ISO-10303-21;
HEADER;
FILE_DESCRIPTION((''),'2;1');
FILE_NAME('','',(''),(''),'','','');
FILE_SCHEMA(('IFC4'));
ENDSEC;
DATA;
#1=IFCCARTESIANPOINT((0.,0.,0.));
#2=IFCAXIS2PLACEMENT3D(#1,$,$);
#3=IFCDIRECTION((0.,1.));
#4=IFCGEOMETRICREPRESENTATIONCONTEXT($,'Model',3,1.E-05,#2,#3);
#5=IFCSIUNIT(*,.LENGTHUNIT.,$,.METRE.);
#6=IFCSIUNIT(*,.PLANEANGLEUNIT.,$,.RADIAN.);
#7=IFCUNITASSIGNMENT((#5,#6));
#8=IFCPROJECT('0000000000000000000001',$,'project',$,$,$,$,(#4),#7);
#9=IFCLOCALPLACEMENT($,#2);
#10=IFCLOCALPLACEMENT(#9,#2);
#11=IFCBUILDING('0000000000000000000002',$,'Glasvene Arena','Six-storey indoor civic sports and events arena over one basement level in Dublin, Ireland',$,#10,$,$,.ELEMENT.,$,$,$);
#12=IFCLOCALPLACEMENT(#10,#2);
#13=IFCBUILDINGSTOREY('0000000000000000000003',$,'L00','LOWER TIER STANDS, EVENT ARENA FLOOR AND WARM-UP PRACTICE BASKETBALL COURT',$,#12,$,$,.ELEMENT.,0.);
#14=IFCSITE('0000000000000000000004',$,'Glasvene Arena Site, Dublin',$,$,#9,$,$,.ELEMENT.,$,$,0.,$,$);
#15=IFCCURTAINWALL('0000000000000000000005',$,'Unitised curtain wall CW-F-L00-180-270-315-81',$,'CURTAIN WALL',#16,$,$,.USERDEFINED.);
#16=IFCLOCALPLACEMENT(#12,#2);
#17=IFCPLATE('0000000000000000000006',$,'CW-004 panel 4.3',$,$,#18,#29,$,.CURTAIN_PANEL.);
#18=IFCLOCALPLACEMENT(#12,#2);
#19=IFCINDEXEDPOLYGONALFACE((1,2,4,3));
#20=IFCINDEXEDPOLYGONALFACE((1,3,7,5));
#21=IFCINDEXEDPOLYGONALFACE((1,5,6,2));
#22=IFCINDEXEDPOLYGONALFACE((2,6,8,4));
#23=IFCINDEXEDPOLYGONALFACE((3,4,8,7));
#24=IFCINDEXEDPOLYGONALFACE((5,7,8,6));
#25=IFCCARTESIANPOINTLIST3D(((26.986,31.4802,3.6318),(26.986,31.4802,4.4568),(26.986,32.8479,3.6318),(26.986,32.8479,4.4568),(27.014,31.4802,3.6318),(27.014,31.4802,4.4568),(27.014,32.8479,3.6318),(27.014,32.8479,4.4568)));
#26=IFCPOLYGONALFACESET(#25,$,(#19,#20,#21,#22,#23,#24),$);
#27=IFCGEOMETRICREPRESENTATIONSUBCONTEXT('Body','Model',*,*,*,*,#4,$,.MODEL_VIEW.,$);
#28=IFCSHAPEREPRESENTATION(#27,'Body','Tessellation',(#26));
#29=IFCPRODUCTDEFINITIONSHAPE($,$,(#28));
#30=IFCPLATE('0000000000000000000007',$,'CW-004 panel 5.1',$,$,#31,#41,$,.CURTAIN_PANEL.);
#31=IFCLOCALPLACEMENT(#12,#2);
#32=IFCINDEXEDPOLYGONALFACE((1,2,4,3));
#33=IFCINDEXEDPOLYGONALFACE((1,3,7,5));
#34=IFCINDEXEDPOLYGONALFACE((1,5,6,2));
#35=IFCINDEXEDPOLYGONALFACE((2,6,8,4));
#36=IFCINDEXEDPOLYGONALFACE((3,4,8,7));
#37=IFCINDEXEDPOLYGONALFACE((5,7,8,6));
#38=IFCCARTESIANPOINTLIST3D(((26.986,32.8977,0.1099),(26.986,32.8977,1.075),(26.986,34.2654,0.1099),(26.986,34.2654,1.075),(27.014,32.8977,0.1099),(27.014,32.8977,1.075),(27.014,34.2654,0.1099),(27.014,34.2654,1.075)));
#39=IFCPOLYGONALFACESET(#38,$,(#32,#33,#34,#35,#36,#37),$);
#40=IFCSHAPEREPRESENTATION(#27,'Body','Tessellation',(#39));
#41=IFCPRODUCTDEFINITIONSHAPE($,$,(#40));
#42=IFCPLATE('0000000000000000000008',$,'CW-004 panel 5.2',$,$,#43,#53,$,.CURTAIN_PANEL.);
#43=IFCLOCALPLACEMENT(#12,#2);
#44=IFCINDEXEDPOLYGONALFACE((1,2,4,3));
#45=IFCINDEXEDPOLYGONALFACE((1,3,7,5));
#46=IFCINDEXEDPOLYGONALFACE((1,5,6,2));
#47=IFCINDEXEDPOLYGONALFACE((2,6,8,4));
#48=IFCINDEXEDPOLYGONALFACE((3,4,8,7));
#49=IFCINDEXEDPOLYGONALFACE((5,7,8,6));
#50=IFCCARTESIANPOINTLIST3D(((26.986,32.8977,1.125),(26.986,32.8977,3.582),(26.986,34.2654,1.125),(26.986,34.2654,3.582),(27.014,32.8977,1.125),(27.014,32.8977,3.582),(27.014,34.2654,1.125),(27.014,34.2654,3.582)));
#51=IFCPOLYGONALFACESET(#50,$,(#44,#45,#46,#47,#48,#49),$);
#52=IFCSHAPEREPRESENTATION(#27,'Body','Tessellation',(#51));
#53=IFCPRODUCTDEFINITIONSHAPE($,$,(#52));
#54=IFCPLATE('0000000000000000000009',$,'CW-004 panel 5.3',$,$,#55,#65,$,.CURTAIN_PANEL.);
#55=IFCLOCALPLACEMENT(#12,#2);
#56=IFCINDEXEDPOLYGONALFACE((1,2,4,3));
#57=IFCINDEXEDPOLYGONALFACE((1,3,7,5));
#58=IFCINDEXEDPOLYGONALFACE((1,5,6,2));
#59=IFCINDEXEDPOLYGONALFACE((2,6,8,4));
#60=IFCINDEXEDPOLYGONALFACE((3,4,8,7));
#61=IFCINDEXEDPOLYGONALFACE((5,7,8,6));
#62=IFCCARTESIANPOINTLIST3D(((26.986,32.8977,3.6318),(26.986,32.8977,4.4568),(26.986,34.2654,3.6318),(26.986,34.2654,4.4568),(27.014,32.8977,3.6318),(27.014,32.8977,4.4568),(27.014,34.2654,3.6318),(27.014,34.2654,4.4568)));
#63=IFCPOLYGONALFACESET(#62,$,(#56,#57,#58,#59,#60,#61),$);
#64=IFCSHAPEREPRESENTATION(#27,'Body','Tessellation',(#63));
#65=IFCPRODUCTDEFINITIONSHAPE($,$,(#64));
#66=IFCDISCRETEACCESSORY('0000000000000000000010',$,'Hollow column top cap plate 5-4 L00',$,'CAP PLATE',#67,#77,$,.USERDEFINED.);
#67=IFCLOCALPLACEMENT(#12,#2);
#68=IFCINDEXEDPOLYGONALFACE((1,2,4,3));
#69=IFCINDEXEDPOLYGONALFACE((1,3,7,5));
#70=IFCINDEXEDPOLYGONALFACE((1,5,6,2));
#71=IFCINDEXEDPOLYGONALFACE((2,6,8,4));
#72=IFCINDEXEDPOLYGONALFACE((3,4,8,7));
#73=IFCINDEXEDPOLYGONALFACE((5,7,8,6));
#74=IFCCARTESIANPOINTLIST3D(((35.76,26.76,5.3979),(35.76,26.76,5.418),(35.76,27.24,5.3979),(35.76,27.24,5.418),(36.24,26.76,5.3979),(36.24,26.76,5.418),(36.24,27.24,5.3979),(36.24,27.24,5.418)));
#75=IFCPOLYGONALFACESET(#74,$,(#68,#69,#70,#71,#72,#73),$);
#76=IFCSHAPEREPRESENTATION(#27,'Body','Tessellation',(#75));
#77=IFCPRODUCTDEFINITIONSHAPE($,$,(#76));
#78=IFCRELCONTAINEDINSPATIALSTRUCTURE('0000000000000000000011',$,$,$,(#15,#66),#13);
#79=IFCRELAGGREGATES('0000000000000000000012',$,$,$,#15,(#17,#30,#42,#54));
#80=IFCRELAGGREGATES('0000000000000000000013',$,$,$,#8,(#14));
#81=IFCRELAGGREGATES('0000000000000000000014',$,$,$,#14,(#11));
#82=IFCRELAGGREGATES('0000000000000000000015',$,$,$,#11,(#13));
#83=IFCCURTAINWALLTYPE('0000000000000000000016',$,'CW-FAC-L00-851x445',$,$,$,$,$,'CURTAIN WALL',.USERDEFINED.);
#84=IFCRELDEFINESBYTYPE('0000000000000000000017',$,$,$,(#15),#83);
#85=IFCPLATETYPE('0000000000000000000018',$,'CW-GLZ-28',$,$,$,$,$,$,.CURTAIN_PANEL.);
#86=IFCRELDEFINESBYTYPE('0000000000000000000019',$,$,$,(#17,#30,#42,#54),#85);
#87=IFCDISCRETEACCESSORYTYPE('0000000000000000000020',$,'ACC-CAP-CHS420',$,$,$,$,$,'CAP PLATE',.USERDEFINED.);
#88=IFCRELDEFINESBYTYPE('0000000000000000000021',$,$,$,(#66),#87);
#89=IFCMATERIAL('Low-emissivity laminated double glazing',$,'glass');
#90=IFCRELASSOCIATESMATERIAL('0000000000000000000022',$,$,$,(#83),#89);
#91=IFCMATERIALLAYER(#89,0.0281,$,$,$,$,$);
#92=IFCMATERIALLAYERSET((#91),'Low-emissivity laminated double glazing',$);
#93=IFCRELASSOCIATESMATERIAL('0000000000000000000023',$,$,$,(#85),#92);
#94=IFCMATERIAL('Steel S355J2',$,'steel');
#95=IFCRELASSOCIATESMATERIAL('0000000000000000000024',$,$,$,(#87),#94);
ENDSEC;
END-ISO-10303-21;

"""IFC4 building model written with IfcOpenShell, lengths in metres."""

from ifc_helpers import new_model, si_unit, direction, frame, origin, origin_2d, place, context, subcontext, project, spatial, rectangle, extrude, material, layer, layer_set, type_object, element, aggregate, save


model = new_model("IFC4")

# Units and contexts
model_context = context("Model", 3, precision=1e-05, world=origin(), true_north=direction((0.0, 1.0)))
body_context = subcontext(model_context, "Body", "Model", "MODEL_VIEW")
ifc_project = project(units=[si_unit("LENGTHUNIT", "METRE"), si_unit("PLANEANGLEUNIT", "RADIAN")], contexts=[model_context])

# Site, building, storey
site_placement = place(None, origin())
site = spatial("IfcSite", under=ifc_project, at=site_placement, Name="Glasvene Arena Site, Dublin", CompositionType="ELEMENT", RefElevation=0.0)
building_placement = place(site_placement, origin())
building = spatial("IfcBuilding", under=site, at=building_placement, Name="Glasvene Arena", Description="Six-storey indoor civic sports and events arena over one basement level in Dublin, Ireland", CompositionType="ELEMENT")
storey_placement = place(building_placement, origin())
storey = spatial("IfcBuildingStorey", under=building, at=storey_placement, Name="L00", Description="LOWER TIER STANDS, EVENT ARENA FLOOR AND WARM-UP PRACTICE BASKETBALL COURT", CompositionType="ELEMENT", Elevation=0.0)

# Shared definitions
ifc_material_1 = material(Name="Steel S355J2", Category="steel")

# Curtain wall, plates
ifc_material_2 = material(Name="Low-emissivity laminated double glazing", Category="glass")
curtain_wall_type = type_object("IfcCurtainWallType", Name="CW-FAC-L00-851x445", ElementType="CURTAIN WALL", PredefinedType="USERDEFINED", material=ifc_material_2)
curtain_wall_placement = place(storey_placement, frame((27.0, 27.2024, 0.0)))
curtain_wall = element("IfcCurtainWall", 1, at=curtain_wall_placement, inside=storey, type_object=curtain_wall_type, Name="Unitised curtain wall CW-F-L00-180-270-315-81", ObjectType="CURTAIN WALL", PredefinedType="USERDEFINED")
ifc_layer = layer(ifc_material_2, 0.0281)
ifc_layer_set = layer_set([ifc_layer], Name="Low-emissivity laminated double glazing")
plate_type = type_object("IfcPlateType", Name="CW-GLZ-28", PredefinedType="CURTAIN_PANEL", material=ifc_layer_set)
plate_1_placement = place(storey_placement, frame((27.0, 32.1641, 3.6318), z_axis=(0.0, 0.0, 1.0), x_axis=(0.0, 1.0, 0.0)))
plate_1 = element("IfcPlate", 2, at=plate_1_placement, type_object=plate_type, Name="CW-004 panel 4.3", PredefinedType="CURTAIN_PANEL", context=body_context, shape_type="SweptSolid", body=[
    extrude(rectangle(XDim=1.3677, YDim=0.0281, at=origin_2d()), origin(), (0.0, 0.0, 1.0), 0.825),
])
plate_2_placement = place(storey_placement, frame((27.0, 33.5815, 0.1099), z_axis=(0.0, 0.0, 1.0), x_axis=(0.0, 1.0, 0.0)))
plate_2 = element("IfcPlate", 3, at=plate_2_placement, type_object=plate_type, Name="CW-004 panel 5.1", PredefinedType="CURTAIN_PANEL", context=body_context, shape_type="SweptSolid", body=[
    extrude(rectangle(XDim=1.3677, YDim=0.0281, at=origin_2d()), origin(), (0.0, 0.0, 1.0), 0.9651),
])
plate_3_placement = place(storey_placement, frame((27.0, 33.5815, 1.125), z_axis=(0.0, 0.0, 1.0), x_axis=(0.0, 1.0, 0.0)))
plate_3 = element("IfcPlate", 4, at=plate_3_placement, type_object=plate_type, Name="CW-004 panel 5.2", PredefinedType="CURTAIN_PANEL", context=body_context, shape_type="SweptSolid", body=[
    extrude(rectangle(XDim=1.3677, YDim=0.0281, at=origin_2d()), origin(), (0.0, 0.0, 1.0), 2.457),
])
plate_4_placement = place(storey_placement, frame((27.0, 33.5815, 3.6318), z_axis=(0.0, 0.0, 1.0), x_axis=(0.0, 1.0, 0.0)))
plate_4 = element("IfcPlate", 5, at=plate_4_placement, type_object=plate_type, Name="CW-004 panel 5.3", PredefinedType="CURTAIN_PANEL", context=body_context, shape_type="SweptSolid", body=[
    extrude(rectangle(XDim=1.3677, YDim=0.0281, at=origin_2d()), origin(), (0.0, 0.0, 1.0), 0.825),
])
aggregate(curtain_wall, [plate_1, plate_2, plate_3, plate_4])

# Discrete accessory
discrete_accessory_type = type_object("IfcDiscreteAccessoryType", Name="ACC-CAP-CHS420", ElementType="CAP PLATE", PredefinedType="USERDEFINED", material=ifc_material_1)
discrete_accessory_placement = place(storey_placement, frame((36.0, 27.0, 5.3979), z_axis=(0.0, 0.0, 1.0), x_axis=(1.0, 0.0, 0.0)))
element("IfcDiscreteAccessory", 6, at=discrete_accessory_placement, inside=storey, type_object=discrete_accessory_type, Name="Hollow column top cap plate 5-4 L00", ObjectType="CAP PLATE", PredefinedType="USERDEFINED", context=body_context, shape_type="SweptSolid", body=[
    extrude(rectangle(XDim=0.48, YDim=0.48, at=origin_2d()), origin(), (0.0, 0.0, 1.0), 0.02),
])

save(model, "model.ifc")
